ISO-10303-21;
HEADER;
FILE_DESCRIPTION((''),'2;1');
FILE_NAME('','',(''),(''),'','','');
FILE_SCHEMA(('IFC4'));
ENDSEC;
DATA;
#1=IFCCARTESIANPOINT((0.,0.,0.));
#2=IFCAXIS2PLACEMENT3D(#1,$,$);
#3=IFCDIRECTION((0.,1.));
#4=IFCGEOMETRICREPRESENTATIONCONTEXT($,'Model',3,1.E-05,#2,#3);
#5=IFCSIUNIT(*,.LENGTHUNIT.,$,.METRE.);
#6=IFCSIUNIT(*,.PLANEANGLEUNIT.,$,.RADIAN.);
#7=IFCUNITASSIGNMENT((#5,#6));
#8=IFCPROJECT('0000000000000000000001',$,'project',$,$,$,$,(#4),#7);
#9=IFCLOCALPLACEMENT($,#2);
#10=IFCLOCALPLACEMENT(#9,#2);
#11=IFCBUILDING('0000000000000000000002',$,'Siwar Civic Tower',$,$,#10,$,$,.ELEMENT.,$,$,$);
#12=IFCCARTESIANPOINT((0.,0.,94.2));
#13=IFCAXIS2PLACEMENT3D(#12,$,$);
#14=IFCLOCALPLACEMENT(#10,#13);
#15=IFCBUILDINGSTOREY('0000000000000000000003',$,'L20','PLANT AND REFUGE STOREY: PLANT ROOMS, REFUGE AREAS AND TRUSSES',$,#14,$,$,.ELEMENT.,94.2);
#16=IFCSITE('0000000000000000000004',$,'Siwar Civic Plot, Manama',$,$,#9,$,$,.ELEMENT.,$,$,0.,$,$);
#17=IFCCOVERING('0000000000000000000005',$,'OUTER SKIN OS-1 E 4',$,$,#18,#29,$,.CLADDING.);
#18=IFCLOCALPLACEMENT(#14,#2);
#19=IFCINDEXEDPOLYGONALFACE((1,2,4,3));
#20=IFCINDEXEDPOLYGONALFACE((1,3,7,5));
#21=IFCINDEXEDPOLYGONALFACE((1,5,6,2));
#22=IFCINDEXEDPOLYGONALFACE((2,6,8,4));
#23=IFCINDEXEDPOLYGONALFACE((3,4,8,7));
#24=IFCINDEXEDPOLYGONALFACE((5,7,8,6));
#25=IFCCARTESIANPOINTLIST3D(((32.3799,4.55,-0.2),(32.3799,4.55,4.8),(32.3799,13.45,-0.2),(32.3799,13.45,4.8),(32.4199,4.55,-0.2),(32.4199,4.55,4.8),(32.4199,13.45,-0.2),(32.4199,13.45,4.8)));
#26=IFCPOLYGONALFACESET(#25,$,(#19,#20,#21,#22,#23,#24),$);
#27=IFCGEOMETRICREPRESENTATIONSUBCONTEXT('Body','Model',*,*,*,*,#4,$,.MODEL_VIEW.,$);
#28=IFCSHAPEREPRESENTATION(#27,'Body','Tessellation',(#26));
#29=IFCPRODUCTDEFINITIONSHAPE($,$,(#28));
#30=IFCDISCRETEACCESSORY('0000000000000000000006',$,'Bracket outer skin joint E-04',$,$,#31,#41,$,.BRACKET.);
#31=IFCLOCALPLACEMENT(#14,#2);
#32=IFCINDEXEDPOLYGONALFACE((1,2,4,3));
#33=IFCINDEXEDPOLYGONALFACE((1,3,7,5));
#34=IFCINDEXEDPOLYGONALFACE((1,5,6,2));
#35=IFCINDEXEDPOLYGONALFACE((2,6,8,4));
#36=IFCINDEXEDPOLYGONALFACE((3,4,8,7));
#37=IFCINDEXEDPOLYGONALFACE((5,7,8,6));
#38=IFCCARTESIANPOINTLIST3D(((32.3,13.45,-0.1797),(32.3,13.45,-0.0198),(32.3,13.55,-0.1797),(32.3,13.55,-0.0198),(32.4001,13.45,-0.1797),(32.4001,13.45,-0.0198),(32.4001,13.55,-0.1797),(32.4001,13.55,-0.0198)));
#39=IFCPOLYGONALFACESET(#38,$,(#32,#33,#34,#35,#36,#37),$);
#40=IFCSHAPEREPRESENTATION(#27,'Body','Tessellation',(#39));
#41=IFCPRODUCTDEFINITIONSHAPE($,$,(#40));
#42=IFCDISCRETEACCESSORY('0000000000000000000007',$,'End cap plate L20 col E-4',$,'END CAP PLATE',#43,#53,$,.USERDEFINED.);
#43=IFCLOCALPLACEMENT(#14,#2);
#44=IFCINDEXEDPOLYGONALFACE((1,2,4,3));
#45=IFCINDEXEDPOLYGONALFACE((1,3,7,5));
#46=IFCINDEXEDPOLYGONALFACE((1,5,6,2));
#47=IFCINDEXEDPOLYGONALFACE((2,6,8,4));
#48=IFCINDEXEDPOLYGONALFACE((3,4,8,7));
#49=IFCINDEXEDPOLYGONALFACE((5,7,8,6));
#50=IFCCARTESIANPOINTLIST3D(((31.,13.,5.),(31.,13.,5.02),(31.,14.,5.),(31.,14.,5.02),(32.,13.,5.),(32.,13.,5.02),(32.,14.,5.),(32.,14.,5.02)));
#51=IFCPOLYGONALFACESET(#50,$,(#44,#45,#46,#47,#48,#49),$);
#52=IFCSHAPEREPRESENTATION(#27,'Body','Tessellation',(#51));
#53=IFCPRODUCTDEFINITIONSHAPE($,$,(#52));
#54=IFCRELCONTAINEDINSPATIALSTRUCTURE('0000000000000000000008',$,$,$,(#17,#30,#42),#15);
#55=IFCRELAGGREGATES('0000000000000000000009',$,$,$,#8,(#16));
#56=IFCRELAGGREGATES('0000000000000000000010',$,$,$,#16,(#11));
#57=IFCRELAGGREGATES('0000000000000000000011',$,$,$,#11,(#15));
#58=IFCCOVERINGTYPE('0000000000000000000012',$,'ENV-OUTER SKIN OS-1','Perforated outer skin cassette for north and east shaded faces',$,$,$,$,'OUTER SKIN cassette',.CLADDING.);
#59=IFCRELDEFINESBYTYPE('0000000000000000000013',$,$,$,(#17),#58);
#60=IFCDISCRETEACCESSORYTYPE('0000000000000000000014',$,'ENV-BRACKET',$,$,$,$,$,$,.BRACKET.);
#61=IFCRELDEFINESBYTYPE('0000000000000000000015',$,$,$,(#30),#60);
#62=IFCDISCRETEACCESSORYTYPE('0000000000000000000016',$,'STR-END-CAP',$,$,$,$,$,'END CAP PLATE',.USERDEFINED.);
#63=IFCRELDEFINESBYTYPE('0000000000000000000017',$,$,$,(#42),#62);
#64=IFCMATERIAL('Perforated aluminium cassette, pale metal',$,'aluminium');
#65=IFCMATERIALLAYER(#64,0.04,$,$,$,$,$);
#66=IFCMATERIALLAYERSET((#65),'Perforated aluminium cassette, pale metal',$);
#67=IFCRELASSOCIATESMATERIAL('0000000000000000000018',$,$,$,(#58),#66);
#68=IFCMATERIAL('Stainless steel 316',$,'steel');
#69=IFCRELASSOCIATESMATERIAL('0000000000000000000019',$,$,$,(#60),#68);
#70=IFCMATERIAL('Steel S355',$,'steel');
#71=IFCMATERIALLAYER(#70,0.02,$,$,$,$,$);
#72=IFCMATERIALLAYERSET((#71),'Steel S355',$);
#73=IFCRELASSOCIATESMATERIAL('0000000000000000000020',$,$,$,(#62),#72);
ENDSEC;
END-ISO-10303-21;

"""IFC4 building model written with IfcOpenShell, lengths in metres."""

from ifc_helpers import new_model, si_unit, direction, frame, origin, origin_2d, place, context, subcontext, project, spatial, rectangle, extrude, material, layer, layer_set, type_object, element, save


model = new_model("IFC4")

# Units and contexts
model_context = context("Model", 3, precision=1e-05, world=origin(), true_north=direction((0.0, 1.0)))
body_context = subcontext(model_context, "Body", "Model", "MODEL_VIEW")
ifc_project = project(units=[si_unit("LENGTHUNIT", "METRE"), si_unit("PLANEANGLEUNIT", "RADIAN")], contexts=[model_context])

# Site, building, storey
site_placement = place(None, origin())
site = spatial("IfcSite", under=ifc_project, at=site_placement, Name="Siwar Civic Plot, Manama", CompositionType="ELEMENT", RefElevation=0.0)
building_placement = place(site_placement, origin())
building = spatial("IfcBuilding", under=site, at=building_placement, Name="Siwar Civic Tower", CompositionType="ELEMENT")
storey_placement = place(building_placement, frame((0.0, 0.0, 94.2)))
storey = spatial("IfcBuildingStorey", under=building, at=storey_placement, Name="L20", Description="PLANT AND REFUGE STOREY: PLANT ROOMS, REFUGE AREAS AND TRUSSES", CompositionType="ELEMENT", Elevation=94.2)

# Covering
ifc_material_1 = material(Name="Perforated aluminium cassette, pale metal", Category="aluminium")
ifc_layer_1 = layer(ifc_material_1, 0.04)
ifc_layer_set_1 = layer_set([ifc_layer_1], Name="Perforated aluminium cassette, pale metal")
covering_type = type_object("IfcCoveringType", Name="ENV-OUTER SKIN OS-1", Description="Perforated outer skin cassette for north and east shaded faces", ElementType="OUTER SKIN cassette", PredefinedType="CLADDING", material=ifc_layer_set_1)
covering_placement = place(storey_placement, frame((32.3999, 9.0, -0.2), z_axis=(0.0, 0.0, 1.0), x_axis=(0.0, 1.0, 0.0)))
element("IfcCovering", 1, at=covering_placement, inside=storey, type_object=covering_type, Name="OUTER SKIN OS-1 E 4", PredefinedType="CLADDING", context=body_context, shape_type="SweptSolid", body=[
    extrude(rectangle(XDim=8.8999, YDim=0.04, at=origin_2d()), origin(), (0.0, 0.0, 1.0), 5.0),
])

# Discrete accessories
ifc_material_2 = material(Name="Stainless steel 316", Category="steel")
discrete_accessory_type_1 = type_object("IfcDiscreteAccessoryType", Name="ENV-BRACKET", PredefinedType="BRACKET", material=ifc_material_2)
discrete_accessory_1_placement = place(storey_placement, frame((32.3501, 13.5, -0.1797), z_axis=(0.0, 0.0, 1.0), x_axis=(1.0, 0.0, 0.0)))
element("IfcDiscreteAccessory", 2, at=discrete_accessory_1_placement, inside=storey, type_object=discrete_accessory_type_1, Name="Bracket outer skin joint E-04", PredefinedType="BRACKET", context=body_context, shape_type="SweptSolid", body=[
    extrude(rectangle(XDim=0.1001, YDim=0.1001, at=origin_2d()), origin(), (0.0, 0.0, 1.0), 0.1599),
])
ifc_material_3 = material(Name="Steel S355", Category="steel")
ifc_layer_2 = layer(ifc_material_3, 0.02)
ifc_layer_set_2 = layer_set([ifc_layer_2], Name="Steel S355")
discrete_accessory_type_2 = type_object("IfcDiscreteAccessoryType", Name="STR-END-CAP", ElementType="END CAP PLATE", PredefinedType="USERDEFINED", material=ifc_layer_set_2)
discrete_accessory_2_placement = place(storey_placement, frame((31.5, 13.5, 5.0), z_axis=(0.0, 0.0, 1.0), x_axis=(1.0, 0.0, 0.0)))
element("IfcDiscreteAccessory", 3, at=discrete_accessory_2_placement, inside=storey, type_object=discrete_accessory_type_2, Name="End cap plate L20 col E-4", ObjectType="END CAP PLATE", PredefinedType="USERDEFINED", context=body_context, shape_type="SweptSolid", body=[
    extrude(rectangle(XDim=1.0, YDim=1.0, at=origin_2d()), origin(), (0.0, 0.0, 1.0), 0.02),
])

save(model, "model.ifc")
